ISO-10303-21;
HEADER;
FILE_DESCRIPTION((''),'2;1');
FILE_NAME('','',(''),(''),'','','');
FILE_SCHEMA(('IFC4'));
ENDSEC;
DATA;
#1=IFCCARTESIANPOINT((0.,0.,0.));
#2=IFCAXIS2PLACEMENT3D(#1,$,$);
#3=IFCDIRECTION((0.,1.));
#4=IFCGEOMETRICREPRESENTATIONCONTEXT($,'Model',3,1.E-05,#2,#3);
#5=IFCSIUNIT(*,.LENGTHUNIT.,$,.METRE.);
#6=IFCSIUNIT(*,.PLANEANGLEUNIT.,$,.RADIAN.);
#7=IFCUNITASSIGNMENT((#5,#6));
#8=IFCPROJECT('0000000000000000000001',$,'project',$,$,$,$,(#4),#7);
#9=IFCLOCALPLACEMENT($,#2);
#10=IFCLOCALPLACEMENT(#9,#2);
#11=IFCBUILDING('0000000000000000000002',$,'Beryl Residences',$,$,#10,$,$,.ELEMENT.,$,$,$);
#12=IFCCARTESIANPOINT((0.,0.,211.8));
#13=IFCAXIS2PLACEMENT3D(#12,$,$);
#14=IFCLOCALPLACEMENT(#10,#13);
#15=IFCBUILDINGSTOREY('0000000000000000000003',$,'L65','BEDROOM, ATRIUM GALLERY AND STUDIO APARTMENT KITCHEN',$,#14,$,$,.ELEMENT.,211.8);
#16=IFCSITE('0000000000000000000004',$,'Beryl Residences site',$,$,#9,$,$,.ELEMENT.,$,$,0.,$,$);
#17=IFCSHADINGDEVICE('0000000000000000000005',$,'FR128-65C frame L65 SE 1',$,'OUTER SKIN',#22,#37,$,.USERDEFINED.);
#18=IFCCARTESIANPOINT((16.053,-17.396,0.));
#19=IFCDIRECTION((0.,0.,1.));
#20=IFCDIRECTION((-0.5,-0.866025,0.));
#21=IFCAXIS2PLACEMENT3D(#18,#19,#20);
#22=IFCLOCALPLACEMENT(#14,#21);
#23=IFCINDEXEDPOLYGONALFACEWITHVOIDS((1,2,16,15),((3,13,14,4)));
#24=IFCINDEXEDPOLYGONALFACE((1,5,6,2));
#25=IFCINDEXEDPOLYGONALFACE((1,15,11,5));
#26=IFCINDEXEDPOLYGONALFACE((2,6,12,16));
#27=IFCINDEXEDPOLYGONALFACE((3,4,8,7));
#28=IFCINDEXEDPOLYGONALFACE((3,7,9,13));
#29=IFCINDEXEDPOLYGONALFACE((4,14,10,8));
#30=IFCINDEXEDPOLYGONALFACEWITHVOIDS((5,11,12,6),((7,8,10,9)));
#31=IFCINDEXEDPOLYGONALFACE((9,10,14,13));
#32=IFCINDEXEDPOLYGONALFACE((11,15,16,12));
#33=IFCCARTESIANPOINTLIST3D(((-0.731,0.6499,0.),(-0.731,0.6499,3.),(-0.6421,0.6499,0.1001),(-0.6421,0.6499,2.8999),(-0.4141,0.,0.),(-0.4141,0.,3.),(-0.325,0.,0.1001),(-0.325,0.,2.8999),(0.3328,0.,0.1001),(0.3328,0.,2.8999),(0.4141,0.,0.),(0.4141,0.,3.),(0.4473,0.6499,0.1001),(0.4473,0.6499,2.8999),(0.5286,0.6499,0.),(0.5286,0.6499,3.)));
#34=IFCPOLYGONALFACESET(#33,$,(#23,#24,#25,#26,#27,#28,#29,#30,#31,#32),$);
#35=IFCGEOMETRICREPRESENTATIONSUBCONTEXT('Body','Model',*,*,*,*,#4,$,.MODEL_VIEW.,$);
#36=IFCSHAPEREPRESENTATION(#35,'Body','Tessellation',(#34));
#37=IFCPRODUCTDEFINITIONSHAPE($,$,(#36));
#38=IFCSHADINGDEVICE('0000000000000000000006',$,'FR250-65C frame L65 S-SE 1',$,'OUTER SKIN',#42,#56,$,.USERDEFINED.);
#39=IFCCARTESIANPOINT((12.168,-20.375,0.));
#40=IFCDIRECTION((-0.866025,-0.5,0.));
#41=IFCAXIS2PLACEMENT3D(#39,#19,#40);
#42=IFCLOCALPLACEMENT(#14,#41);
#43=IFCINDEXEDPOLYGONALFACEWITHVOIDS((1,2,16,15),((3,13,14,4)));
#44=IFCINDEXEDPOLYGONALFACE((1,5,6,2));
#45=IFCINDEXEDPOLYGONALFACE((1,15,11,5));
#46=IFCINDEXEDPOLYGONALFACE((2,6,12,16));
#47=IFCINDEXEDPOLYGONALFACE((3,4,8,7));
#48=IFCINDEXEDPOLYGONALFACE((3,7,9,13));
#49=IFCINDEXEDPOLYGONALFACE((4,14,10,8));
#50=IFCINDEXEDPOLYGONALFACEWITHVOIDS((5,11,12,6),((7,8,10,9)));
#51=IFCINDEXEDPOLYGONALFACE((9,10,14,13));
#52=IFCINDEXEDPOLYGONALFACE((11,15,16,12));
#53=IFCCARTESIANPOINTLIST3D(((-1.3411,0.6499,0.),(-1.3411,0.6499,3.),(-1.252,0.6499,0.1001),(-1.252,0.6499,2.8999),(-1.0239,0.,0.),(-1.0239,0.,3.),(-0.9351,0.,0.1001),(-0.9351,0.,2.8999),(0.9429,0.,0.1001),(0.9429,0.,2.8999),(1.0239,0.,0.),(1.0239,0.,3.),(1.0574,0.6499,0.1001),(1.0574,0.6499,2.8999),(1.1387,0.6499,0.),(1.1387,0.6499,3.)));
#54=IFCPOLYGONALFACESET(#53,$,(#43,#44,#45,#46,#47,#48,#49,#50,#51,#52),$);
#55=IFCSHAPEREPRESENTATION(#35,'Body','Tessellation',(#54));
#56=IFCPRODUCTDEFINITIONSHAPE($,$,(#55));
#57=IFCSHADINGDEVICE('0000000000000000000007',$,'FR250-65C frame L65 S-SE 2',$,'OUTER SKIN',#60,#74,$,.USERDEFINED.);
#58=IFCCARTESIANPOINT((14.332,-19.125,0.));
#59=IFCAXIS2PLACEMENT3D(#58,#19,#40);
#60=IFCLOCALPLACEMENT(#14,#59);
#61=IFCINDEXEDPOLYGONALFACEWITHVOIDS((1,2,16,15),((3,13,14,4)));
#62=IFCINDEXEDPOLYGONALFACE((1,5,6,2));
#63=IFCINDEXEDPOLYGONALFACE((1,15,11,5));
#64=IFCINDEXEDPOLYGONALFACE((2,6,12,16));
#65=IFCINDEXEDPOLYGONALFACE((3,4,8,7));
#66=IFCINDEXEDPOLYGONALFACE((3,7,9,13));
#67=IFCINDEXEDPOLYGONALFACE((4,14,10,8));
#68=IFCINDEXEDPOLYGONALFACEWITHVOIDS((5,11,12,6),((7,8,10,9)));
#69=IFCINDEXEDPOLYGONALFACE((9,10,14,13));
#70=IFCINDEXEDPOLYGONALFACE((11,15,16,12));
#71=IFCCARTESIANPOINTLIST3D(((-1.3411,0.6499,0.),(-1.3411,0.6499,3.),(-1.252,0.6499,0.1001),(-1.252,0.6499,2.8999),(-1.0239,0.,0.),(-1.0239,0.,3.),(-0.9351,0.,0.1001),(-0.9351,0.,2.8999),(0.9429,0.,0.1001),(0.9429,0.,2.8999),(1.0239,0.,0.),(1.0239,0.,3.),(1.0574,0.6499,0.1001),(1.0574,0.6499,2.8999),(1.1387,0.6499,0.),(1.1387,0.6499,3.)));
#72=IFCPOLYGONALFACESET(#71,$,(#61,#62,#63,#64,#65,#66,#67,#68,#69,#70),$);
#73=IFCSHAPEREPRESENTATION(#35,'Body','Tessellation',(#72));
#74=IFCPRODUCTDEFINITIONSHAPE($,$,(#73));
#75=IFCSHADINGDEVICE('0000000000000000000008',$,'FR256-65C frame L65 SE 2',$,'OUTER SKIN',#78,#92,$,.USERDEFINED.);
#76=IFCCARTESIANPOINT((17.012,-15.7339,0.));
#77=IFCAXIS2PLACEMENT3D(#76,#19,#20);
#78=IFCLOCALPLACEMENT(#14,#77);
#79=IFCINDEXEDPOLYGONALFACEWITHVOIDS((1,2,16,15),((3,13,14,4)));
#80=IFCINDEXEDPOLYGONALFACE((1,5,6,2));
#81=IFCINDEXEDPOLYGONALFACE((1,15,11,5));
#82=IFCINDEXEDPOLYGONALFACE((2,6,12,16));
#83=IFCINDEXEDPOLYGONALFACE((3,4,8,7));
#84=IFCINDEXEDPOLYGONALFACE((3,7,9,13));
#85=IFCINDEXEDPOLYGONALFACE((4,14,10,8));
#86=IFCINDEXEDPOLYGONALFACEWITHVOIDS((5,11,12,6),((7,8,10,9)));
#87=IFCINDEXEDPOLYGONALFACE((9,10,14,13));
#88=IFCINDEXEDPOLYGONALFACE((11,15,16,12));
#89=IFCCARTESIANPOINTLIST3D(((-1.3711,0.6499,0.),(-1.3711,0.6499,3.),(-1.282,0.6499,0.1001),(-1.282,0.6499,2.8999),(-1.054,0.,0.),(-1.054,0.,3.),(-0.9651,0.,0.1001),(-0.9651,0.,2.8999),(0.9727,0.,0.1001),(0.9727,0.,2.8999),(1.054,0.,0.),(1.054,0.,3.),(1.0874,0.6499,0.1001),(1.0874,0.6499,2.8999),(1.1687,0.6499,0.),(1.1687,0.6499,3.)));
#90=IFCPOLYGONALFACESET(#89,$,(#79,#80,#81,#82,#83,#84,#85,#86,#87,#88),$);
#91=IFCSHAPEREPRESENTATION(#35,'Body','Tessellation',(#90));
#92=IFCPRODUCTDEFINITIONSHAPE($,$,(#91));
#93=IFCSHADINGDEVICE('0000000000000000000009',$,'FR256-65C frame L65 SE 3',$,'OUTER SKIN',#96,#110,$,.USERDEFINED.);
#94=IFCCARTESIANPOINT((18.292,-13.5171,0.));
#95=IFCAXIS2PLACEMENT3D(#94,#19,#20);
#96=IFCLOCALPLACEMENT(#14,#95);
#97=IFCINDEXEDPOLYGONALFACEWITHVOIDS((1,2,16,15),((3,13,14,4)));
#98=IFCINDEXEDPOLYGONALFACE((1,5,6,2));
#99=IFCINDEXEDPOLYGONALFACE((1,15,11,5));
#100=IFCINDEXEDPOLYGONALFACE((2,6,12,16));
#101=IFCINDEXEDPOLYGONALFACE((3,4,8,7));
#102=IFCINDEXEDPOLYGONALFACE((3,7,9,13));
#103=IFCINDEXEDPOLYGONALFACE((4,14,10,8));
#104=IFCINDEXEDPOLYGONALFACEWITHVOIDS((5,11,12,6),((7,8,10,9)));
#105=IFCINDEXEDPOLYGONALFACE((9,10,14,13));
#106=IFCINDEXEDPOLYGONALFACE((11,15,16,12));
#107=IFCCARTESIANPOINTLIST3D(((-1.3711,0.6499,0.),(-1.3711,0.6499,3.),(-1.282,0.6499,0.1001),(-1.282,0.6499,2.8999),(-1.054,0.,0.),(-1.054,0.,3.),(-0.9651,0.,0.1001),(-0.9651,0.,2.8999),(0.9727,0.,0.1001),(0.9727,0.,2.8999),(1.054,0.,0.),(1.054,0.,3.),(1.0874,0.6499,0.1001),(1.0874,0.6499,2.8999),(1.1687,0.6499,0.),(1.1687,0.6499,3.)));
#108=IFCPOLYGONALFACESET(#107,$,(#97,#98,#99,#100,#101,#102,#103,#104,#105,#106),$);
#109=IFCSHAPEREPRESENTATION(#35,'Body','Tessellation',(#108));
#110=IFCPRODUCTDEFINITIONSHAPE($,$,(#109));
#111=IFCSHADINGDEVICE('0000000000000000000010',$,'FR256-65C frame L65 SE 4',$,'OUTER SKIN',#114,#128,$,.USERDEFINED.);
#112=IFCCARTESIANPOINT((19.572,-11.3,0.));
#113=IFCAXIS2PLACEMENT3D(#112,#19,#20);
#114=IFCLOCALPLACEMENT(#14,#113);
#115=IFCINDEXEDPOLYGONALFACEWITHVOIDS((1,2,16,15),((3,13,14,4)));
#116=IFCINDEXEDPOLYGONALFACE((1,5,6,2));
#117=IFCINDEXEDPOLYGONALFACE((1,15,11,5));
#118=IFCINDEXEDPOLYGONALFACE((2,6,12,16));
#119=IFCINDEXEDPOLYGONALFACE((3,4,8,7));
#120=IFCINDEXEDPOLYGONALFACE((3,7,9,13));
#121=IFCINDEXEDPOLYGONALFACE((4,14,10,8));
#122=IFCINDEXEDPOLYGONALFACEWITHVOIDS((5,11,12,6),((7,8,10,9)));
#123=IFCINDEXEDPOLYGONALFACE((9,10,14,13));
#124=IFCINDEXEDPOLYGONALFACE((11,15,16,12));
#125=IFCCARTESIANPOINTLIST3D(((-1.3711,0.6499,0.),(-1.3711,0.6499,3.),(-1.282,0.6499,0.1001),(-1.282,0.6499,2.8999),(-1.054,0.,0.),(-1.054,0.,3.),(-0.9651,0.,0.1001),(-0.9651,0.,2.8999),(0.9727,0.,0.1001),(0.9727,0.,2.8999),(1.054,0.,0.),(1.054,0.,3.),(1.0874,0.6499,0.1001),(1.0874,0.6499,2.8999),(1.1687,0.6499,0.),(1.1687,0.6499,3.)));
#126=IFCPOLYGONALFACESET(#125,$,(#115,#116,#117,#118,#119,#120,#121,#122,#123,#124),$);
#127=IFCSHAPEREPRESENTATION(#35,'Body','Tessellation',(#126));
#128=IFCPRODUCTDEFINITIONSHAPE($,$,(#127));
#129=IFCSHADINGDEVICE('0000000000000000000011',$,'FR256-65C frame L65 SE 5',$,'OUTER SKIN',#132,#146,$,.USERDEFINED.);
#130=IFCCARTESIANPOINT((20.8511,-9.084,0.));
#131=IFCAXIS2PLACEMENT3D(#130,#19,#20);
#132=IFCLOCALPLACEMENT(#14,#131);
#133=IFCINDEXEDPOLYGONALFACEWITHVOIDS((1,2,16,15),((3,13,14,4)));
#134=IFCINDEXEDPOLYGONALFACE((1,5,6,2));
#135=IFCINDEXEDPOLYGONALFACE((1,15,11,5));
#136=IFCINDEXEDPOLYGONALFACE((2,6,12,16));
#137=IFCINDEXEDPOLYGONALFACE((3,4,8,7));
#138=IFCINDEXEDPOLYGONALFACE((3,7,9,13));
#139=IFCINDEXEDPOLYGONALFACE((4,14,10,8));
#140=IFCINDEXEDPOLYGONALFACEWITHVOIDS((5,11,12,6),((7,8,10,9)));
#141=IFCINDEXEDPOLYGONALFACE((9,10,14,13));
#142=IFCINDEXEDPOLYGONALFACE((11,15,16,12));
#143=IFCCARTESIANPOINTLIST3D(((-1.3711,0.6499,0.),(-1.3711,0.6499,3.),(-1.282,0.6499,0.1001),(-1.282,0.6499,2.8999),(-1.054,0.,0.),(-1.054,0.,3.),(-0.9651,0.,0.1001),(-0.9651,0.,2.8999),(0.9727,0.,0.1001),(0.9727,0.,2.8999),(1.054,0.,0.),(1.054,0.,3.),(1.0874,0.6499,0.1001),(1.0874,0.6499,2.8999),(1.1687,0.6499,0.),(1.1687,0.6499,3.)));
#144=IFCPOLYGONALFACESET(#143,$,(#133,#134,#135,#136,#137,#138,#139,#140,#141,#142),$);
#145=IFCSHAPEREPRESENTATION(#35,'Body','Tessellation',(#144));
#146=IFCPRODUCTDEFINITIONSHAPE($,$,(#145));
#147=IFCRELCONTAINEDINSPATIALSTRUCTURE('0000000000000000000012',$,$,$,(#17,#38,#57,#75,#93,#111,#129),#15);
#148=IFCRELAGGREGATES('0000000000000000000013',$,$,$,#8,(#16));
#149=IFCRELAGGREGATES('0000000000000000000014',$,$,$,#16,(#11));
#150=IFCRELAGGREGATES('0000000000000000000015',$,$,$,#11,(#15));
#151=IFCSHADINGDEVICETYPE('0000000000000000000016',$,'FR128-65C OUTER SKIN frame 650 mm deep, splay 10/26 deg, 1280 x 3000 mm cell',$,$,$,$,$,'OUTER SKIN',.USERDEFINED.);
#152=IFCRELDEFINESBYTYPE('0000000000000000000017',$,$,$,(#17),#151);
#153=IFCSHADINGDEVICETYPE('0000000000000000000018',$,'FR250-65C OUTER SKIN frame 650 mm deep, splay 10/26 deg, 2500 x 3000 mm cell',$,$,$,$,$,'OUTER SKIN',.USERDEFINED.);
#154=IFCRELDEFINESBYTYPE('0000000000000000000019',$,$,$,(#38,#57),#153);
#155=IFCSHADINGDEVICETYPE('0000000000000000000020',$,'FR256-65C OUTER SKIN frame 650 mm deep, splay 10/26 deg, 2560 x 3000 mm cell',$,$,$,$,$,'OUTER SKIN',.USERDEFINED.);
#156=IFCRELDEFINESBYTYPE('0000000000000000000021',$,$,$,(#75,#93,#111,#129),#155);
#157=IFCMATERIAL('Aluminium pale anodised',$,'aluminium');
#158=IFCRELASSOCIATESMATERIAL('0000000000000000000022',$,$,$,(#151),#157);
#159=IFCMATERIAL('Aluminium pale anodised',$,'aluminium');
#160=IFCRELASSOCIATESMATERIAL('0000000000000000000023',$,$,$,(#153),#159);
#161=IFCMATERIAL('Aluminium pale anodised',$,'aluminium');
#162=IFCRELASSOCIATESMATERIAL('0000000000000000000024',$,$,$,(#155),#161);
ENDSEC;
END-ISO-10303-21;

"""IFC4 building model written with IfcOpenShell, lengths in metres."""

from ifc_helpers import new_model, entity, si_unit, direction, frame, origin, place, context, subcontext, project, spatial, source, transform, mapped, material, type_object, type_shapes, element, save


model = new_model("IFC4")

# Units and contexts
model_context = context("Model", 3, precision=1e-05, world=origin(), true_north=direction((0.0, 1.0)))
body_context = subcontext(model_context, "Body", "Model", "MODEL_VIEW")
ifc_project = project(units=[si_unit("LENGTHUNIT", "METRE"), si_unit("PLANEANGLEUNIT", "RADIAN")], contexts=[model_context])

# Site, building, storey
site_placement = place(None, origin())
site = spatial("IfcSite", under=ifc_project, at=site_placement, Name="Beryl Residences site", CompositionType="ELEMENT", RefElevation=0.0)
building_placement = place(site_placement, origin())
building = spatial("IfcBuilding", under=site, at=building_placement, Name="Beryl Residences", CompositionType="ELEMENT")
storey_placement = place(building_placement, frame((0.0, 0.0, 211.8)))
storey = spatial("IfcBuildingStorey", under=building, at=storey_placement, Name="L65", Description="BEDROOM, ATRIUM GALLERY AND STUDIO APARTMENT KITCHEN", CompositionType="ELEMENT", Elevation=211.8)

# Shading devices
ifc_material_1 = material(Name="Aluminium pale anodised", Category="aluminium")
shading_device_type_1 = type_object("IfcShadingDeviceType", Name="FR128-65C OUTER SKIN frame 650 mm deep, splay 10/26 deg, 1280 x 3000 mm cell", ElementType="OUTER SKIN", PredefinedType="USERDEFINED", material=ifc_material_1)
cartesian_point_1 = entity("IfcCartesianPoint", [-0.4141, 0.0])
cartesian_point_2 = entity("IfcCartesianPoint", [-0.3328, 0.1001])
cartesian_point_3 = entity("IfcCartesianPoint", [-0.5286, 0.0])
cartesian_point_4 = entity("IfcCartesianPoint", [-0.4473, 0.1001])
shared_shape_1 = source(origin(), body_context, "Body", "SweptSolid", [
    entity("IfcExtrudedAreaSolidTapered", entity("IfcArbitraryProfileDefWithVoids", "AREA", None, entity("IfcPolyline", [cartesian_point_1, entity("IfcCartesianPoint", [0.4141, 0.0]), entity("IfcCartesianPoint", [0.4141, 3.0]), entity("IfcCartesianPoint", [-0.4141, 3.0]), cartesian_point_1]), [entity("IfcPolyline", [cartesian_point_2, entity("IfcCartesianPoint", [0.325, 0.1001]), entity("IfcCartesianPoint", [0.325, 2.8999]), entity("IfcCartesianPoint", [-0.3328, 2.8999]), cartesian_point_2])]), entity("IfcAxis2Placement3D", entity("IfcCartesianPoint", [0.0, 0.0, 0.0]), entity("IfcDirection", [0.0, 1.0, 0.0]), entity("IfcDirection", [-1.0, 0.0, 0.0])), entity("IfcDirection", [0.0, 0.0, 1.0]), 0.6499, entity("IfcArbitraryProfileDefWithVoids", "AREA", None, entity("IfcPolyline", [cartesian_point_3, entity("IfcCartesianPoint", [0.731, 0.0]), entity("IfcCartesianPoint", [0.731, 3.0]), entity("IfcCartesianPoint", [-0.5286, 3.0]), cartesian_point_3]), [entity("IfcPolyline", [cartesian_point_4, entity("IfcCartesianPoint", [0.6421, 0.1001]), entity("IfcCartesianPoint", [0.6421, 2.8999]), entity("IfcCartesianPoint", [-0.4473, 2.8999]), cartesian_point_4])])),
])
type_shapes(shading_device_type_1, [shared_shape_1])
shading_device_placement = place(storey_placement, frame((16.053, -17.396, 0.0), z_axis=(0.0, 0.0, 1.0), x_axis=(-0.5, -0.866025, 0.0)))
element("IfcShadingDevice", 1, at=shading_device_placement, inside=storey, type_object=shading_device_type_1, Name="FR128-65C frame L65 SE 1", ObjectType="OUTER SKIN", PredefinedType="USERDEFINED", context=body_context, shape_type="MappedRepresentation", body=[
    mapped(shared_shape_1, transform((0.0, 0.0, 0.0))),
])
ifc_material_2 = material(Name="Aluminium pale anodised", Category="aluminium")
shading_device_type_2 = type_object("IfcShadingDeviceType", Name="FR250-65C OUTER SKIN frame 650 mm deep, splay 10/26 deg, 2500 x 3000 mm cell", ElementType="OUTER SKIN", PredefinedType="USERDEFINED", material=ifc_material_2)
cartesian_point_5 = entity("IfcCartesianPoint", [-1.0239, 0.0])
cartesian_point_6 = entity("IfcCartesianPoint", [-0.9429, 0.1001])
cartesian_point_7 = entity("IfcCartesianPoint", [-1.1387, 0.0])
cartesian_point_8 = entity("IfcCartesianPoint", [-1.0574, 0.1001])
shared_shape_2 = source(origin(), body_context, "Body", "SweptSolid", [
    entity("IfcExtrudedAreaSolidTapered", entity("IfcArbitraryProfileDefWithVoids", "AREA", None, entity("IfcPolyline", [cartesian_point_5, entity("IfcCartesianPoint", [1.0239, 0.0]), entity("IfcCartesianPoint", [1.0239, 3.0]), entity("IfcCartesianPoint", [-1.0239, 3.0]), cartesian_point_5]), [entity("IfcPolyline", [cartesian_point_6, entity("IfcCartesianPoint", [0.9351, 0.1001]), entity("IfcCartesianPoint", [0.9351, 2.8999]), entity("IfcCartesianPoint", [-0.9429, 2.8999]), cartesian_point_6])]), entity("IfcAxis2Placement3D", entity("IfcCartesianPoint", [0.0, 0.0, 0.0]), entity("IfcDirection", [0.0, 1.0, 0.0]), entity("IfcDirection", [-1.0, 0.0, 0.0])), entity("IfcDirection", [0.0, 0.0, 1.0]), 0.6499, entity("IfcArbitraryProfileDefWithVoids", "AREA", None, entity("IfcPolyline", [cartesian_point_7, entity("IfcCartesianPoint", [1.3411, 0.0]), entity("IfcCartesianPoint", [1.3411, 3.0]), entity("IfcCartesianPoint", [-1.1387, 3.0]), cartesian_point_7]), [entity("IfcPolyline", [cartesian_point_8, entity("IfcCartesianPoint", [1.252, 0.1001]), entity("IfcCartesianPoint", [1.252, 2.8999]), entity("IfcCartesianPoint", [-1.0574, 2.8999]), cartesian_point_8])])),
])
type_shapes(shading_device_type_2, [shared_shape_2])
for number, where, z_axis, x_axis, name in (
    (2, (12.168, -20.375, 0.0), (0.0, 0.0, 1.0), (-0.866025, -0.5, 0.0), "FR250-65C frame L65 S-SE 1"),
    (3, (14.332, -19.125, 0.0), (0.0, 0.0, 1.0), (-0.866025, -0.5, 0.0), "FR250-65C frame L65 S-SE 2"),
):
    element("IfcShadingDevice", number, at=place(storey_placement, frame(where, z_axis=z_axis, x_axis=x_axis)), inside=storey, type_object=shading_device_type_2, Name=name, ObjectType="OUTER SKIN", PredefinedType="USERDEFINED", context=body_context, shape_type="MappedRepresentation", body=[
        mapped(shared_shape_2, transform((0.0, 0.0, 0.0))),
    ])
ifc_material_3 = material(Name="Aluminium pale anodised", Category="aluminium")
shading_device_type_3 = type_object("IfcShadingDeviceType", Name="FR256-65C OUTER SKIN frame 650 mm deep, splay 10/26 deg, 2560 x 3000 mm cell", ElementType="OUTER SKIN", PredefinedType="USERDEFINED", material=ifc_material_3)
cartesian_point_9 = entity("IfcCartesianPoint", [-1.054, 0.0])
cartesian_point_10 = entity("IfcCartesianPoint", [-0.9727, 0.1001])
cartesian_point_11 = entity("IfcCartesianPoint", [-1.1687, 0.0])
cartesian_point_12 = entity("IfcCartesianPoint", [-1.0874, 0.1001])
shared_shape_3 = source(origin(), body_context, "Body", "SweptSolid", [
    entity("IfcExtrudedAreaSolidTapered", entity("IfcArbitraryProfileDefWithVoids", "AREA", None, entity("IfcPolyline", [cartesian_point_9, entity("IfcCartesianPoint", [1.054, 0.0]), entity("IfcCartesianPoint", [1.054, 3.0]), entity("IfcCartesianPoint", [-1.054, 3.0]), cartesian_point_9]), [entity("IfcPolyline", [cartesian_point_10, entity("IfcCartesianPoint", [0.9651, 0.1001]), entity("IfcCartesianPoint", [0.9651, 2.8999]), entity("IfcCartesianPoint", [-0.9727, 2.8999]), cartesian_point_10])]), entity("IfcAxis2Placement3D", entity("IfcCartesianPoint", [0.0, 0.0, 0.0]), entity("IfcDirection", [0.0, 1.0, 0.0]), entity("IfcDirection", [-1.0, 0.0, 0.0])), entity("IfcDirection", [0.0, 0.0, 1.0]), 0.6499, entity("IfcArbitraryProfileDefWithVoids", "AREA", None, entity("IfcPolyline", [cartesian_point_11, entity("IfcCartesianPoint", [1.3711, 0.0]), entity("IfcCartesianPoint", [1.3711, 3.0]), entity("IfcCartesianPoint", [-1.1687, 3.0]), cartesian_point_11]), [entity("IfcPolyline", [cartesian_point_12, entity("IfcCartesianPoint", [1.282, 0.1001]), entity("IfcCartesianPoint", [1.282, 2.8999]), entity("IfcCartesianPoint", [-1.0874, 2.8999]), cartesian_point_12])])),
])
type_shapes(shading_device_type_3, [shared_shape_3])
for number, where, z_axis, x_axis, name in (
    (4, (17.012, -15.7339, 0.0), (0.0, 0.0, 1.0), (-0.5, -0.866025, 0.0), "FR256-65C frame L65 SE 2"),
    (5, (18.292, -13.5171, 0.0), (0.0, 0.0, 1.0), (-0.5, -0.866025, 0.0), "FR256-65C frame L65 SE 3"),
    (6, (19.572, -11.3, 0.0), (0.0, 0.0, 1.0), (-0.5, -0.866025, 0.0), "FR256-65C frame L65 SE 4"),
    (7, (20.8511, -9.084, 0.0), (0.0, 0.0, 1.0), (-0.5, -0.866025, 0.0), "FR256-65C frame L65 SE 5"),
):
    element("IfcShadingDevice", number, at=place(storey_placement, frame(where, z_axis=z_axis, x_axis=x_axis)), inside=storey, type_object=shading_device_type_3, Name=name, ObjectType="OUTER SKIN", PredefinedType="USERDEFINED", context=body_context, shape_type="MappedRepresentation", body=[
        mapped(shared_shape_3, transform((0.0, 0.0, 0.0))),
    ])

save(model, "model.ifc")
